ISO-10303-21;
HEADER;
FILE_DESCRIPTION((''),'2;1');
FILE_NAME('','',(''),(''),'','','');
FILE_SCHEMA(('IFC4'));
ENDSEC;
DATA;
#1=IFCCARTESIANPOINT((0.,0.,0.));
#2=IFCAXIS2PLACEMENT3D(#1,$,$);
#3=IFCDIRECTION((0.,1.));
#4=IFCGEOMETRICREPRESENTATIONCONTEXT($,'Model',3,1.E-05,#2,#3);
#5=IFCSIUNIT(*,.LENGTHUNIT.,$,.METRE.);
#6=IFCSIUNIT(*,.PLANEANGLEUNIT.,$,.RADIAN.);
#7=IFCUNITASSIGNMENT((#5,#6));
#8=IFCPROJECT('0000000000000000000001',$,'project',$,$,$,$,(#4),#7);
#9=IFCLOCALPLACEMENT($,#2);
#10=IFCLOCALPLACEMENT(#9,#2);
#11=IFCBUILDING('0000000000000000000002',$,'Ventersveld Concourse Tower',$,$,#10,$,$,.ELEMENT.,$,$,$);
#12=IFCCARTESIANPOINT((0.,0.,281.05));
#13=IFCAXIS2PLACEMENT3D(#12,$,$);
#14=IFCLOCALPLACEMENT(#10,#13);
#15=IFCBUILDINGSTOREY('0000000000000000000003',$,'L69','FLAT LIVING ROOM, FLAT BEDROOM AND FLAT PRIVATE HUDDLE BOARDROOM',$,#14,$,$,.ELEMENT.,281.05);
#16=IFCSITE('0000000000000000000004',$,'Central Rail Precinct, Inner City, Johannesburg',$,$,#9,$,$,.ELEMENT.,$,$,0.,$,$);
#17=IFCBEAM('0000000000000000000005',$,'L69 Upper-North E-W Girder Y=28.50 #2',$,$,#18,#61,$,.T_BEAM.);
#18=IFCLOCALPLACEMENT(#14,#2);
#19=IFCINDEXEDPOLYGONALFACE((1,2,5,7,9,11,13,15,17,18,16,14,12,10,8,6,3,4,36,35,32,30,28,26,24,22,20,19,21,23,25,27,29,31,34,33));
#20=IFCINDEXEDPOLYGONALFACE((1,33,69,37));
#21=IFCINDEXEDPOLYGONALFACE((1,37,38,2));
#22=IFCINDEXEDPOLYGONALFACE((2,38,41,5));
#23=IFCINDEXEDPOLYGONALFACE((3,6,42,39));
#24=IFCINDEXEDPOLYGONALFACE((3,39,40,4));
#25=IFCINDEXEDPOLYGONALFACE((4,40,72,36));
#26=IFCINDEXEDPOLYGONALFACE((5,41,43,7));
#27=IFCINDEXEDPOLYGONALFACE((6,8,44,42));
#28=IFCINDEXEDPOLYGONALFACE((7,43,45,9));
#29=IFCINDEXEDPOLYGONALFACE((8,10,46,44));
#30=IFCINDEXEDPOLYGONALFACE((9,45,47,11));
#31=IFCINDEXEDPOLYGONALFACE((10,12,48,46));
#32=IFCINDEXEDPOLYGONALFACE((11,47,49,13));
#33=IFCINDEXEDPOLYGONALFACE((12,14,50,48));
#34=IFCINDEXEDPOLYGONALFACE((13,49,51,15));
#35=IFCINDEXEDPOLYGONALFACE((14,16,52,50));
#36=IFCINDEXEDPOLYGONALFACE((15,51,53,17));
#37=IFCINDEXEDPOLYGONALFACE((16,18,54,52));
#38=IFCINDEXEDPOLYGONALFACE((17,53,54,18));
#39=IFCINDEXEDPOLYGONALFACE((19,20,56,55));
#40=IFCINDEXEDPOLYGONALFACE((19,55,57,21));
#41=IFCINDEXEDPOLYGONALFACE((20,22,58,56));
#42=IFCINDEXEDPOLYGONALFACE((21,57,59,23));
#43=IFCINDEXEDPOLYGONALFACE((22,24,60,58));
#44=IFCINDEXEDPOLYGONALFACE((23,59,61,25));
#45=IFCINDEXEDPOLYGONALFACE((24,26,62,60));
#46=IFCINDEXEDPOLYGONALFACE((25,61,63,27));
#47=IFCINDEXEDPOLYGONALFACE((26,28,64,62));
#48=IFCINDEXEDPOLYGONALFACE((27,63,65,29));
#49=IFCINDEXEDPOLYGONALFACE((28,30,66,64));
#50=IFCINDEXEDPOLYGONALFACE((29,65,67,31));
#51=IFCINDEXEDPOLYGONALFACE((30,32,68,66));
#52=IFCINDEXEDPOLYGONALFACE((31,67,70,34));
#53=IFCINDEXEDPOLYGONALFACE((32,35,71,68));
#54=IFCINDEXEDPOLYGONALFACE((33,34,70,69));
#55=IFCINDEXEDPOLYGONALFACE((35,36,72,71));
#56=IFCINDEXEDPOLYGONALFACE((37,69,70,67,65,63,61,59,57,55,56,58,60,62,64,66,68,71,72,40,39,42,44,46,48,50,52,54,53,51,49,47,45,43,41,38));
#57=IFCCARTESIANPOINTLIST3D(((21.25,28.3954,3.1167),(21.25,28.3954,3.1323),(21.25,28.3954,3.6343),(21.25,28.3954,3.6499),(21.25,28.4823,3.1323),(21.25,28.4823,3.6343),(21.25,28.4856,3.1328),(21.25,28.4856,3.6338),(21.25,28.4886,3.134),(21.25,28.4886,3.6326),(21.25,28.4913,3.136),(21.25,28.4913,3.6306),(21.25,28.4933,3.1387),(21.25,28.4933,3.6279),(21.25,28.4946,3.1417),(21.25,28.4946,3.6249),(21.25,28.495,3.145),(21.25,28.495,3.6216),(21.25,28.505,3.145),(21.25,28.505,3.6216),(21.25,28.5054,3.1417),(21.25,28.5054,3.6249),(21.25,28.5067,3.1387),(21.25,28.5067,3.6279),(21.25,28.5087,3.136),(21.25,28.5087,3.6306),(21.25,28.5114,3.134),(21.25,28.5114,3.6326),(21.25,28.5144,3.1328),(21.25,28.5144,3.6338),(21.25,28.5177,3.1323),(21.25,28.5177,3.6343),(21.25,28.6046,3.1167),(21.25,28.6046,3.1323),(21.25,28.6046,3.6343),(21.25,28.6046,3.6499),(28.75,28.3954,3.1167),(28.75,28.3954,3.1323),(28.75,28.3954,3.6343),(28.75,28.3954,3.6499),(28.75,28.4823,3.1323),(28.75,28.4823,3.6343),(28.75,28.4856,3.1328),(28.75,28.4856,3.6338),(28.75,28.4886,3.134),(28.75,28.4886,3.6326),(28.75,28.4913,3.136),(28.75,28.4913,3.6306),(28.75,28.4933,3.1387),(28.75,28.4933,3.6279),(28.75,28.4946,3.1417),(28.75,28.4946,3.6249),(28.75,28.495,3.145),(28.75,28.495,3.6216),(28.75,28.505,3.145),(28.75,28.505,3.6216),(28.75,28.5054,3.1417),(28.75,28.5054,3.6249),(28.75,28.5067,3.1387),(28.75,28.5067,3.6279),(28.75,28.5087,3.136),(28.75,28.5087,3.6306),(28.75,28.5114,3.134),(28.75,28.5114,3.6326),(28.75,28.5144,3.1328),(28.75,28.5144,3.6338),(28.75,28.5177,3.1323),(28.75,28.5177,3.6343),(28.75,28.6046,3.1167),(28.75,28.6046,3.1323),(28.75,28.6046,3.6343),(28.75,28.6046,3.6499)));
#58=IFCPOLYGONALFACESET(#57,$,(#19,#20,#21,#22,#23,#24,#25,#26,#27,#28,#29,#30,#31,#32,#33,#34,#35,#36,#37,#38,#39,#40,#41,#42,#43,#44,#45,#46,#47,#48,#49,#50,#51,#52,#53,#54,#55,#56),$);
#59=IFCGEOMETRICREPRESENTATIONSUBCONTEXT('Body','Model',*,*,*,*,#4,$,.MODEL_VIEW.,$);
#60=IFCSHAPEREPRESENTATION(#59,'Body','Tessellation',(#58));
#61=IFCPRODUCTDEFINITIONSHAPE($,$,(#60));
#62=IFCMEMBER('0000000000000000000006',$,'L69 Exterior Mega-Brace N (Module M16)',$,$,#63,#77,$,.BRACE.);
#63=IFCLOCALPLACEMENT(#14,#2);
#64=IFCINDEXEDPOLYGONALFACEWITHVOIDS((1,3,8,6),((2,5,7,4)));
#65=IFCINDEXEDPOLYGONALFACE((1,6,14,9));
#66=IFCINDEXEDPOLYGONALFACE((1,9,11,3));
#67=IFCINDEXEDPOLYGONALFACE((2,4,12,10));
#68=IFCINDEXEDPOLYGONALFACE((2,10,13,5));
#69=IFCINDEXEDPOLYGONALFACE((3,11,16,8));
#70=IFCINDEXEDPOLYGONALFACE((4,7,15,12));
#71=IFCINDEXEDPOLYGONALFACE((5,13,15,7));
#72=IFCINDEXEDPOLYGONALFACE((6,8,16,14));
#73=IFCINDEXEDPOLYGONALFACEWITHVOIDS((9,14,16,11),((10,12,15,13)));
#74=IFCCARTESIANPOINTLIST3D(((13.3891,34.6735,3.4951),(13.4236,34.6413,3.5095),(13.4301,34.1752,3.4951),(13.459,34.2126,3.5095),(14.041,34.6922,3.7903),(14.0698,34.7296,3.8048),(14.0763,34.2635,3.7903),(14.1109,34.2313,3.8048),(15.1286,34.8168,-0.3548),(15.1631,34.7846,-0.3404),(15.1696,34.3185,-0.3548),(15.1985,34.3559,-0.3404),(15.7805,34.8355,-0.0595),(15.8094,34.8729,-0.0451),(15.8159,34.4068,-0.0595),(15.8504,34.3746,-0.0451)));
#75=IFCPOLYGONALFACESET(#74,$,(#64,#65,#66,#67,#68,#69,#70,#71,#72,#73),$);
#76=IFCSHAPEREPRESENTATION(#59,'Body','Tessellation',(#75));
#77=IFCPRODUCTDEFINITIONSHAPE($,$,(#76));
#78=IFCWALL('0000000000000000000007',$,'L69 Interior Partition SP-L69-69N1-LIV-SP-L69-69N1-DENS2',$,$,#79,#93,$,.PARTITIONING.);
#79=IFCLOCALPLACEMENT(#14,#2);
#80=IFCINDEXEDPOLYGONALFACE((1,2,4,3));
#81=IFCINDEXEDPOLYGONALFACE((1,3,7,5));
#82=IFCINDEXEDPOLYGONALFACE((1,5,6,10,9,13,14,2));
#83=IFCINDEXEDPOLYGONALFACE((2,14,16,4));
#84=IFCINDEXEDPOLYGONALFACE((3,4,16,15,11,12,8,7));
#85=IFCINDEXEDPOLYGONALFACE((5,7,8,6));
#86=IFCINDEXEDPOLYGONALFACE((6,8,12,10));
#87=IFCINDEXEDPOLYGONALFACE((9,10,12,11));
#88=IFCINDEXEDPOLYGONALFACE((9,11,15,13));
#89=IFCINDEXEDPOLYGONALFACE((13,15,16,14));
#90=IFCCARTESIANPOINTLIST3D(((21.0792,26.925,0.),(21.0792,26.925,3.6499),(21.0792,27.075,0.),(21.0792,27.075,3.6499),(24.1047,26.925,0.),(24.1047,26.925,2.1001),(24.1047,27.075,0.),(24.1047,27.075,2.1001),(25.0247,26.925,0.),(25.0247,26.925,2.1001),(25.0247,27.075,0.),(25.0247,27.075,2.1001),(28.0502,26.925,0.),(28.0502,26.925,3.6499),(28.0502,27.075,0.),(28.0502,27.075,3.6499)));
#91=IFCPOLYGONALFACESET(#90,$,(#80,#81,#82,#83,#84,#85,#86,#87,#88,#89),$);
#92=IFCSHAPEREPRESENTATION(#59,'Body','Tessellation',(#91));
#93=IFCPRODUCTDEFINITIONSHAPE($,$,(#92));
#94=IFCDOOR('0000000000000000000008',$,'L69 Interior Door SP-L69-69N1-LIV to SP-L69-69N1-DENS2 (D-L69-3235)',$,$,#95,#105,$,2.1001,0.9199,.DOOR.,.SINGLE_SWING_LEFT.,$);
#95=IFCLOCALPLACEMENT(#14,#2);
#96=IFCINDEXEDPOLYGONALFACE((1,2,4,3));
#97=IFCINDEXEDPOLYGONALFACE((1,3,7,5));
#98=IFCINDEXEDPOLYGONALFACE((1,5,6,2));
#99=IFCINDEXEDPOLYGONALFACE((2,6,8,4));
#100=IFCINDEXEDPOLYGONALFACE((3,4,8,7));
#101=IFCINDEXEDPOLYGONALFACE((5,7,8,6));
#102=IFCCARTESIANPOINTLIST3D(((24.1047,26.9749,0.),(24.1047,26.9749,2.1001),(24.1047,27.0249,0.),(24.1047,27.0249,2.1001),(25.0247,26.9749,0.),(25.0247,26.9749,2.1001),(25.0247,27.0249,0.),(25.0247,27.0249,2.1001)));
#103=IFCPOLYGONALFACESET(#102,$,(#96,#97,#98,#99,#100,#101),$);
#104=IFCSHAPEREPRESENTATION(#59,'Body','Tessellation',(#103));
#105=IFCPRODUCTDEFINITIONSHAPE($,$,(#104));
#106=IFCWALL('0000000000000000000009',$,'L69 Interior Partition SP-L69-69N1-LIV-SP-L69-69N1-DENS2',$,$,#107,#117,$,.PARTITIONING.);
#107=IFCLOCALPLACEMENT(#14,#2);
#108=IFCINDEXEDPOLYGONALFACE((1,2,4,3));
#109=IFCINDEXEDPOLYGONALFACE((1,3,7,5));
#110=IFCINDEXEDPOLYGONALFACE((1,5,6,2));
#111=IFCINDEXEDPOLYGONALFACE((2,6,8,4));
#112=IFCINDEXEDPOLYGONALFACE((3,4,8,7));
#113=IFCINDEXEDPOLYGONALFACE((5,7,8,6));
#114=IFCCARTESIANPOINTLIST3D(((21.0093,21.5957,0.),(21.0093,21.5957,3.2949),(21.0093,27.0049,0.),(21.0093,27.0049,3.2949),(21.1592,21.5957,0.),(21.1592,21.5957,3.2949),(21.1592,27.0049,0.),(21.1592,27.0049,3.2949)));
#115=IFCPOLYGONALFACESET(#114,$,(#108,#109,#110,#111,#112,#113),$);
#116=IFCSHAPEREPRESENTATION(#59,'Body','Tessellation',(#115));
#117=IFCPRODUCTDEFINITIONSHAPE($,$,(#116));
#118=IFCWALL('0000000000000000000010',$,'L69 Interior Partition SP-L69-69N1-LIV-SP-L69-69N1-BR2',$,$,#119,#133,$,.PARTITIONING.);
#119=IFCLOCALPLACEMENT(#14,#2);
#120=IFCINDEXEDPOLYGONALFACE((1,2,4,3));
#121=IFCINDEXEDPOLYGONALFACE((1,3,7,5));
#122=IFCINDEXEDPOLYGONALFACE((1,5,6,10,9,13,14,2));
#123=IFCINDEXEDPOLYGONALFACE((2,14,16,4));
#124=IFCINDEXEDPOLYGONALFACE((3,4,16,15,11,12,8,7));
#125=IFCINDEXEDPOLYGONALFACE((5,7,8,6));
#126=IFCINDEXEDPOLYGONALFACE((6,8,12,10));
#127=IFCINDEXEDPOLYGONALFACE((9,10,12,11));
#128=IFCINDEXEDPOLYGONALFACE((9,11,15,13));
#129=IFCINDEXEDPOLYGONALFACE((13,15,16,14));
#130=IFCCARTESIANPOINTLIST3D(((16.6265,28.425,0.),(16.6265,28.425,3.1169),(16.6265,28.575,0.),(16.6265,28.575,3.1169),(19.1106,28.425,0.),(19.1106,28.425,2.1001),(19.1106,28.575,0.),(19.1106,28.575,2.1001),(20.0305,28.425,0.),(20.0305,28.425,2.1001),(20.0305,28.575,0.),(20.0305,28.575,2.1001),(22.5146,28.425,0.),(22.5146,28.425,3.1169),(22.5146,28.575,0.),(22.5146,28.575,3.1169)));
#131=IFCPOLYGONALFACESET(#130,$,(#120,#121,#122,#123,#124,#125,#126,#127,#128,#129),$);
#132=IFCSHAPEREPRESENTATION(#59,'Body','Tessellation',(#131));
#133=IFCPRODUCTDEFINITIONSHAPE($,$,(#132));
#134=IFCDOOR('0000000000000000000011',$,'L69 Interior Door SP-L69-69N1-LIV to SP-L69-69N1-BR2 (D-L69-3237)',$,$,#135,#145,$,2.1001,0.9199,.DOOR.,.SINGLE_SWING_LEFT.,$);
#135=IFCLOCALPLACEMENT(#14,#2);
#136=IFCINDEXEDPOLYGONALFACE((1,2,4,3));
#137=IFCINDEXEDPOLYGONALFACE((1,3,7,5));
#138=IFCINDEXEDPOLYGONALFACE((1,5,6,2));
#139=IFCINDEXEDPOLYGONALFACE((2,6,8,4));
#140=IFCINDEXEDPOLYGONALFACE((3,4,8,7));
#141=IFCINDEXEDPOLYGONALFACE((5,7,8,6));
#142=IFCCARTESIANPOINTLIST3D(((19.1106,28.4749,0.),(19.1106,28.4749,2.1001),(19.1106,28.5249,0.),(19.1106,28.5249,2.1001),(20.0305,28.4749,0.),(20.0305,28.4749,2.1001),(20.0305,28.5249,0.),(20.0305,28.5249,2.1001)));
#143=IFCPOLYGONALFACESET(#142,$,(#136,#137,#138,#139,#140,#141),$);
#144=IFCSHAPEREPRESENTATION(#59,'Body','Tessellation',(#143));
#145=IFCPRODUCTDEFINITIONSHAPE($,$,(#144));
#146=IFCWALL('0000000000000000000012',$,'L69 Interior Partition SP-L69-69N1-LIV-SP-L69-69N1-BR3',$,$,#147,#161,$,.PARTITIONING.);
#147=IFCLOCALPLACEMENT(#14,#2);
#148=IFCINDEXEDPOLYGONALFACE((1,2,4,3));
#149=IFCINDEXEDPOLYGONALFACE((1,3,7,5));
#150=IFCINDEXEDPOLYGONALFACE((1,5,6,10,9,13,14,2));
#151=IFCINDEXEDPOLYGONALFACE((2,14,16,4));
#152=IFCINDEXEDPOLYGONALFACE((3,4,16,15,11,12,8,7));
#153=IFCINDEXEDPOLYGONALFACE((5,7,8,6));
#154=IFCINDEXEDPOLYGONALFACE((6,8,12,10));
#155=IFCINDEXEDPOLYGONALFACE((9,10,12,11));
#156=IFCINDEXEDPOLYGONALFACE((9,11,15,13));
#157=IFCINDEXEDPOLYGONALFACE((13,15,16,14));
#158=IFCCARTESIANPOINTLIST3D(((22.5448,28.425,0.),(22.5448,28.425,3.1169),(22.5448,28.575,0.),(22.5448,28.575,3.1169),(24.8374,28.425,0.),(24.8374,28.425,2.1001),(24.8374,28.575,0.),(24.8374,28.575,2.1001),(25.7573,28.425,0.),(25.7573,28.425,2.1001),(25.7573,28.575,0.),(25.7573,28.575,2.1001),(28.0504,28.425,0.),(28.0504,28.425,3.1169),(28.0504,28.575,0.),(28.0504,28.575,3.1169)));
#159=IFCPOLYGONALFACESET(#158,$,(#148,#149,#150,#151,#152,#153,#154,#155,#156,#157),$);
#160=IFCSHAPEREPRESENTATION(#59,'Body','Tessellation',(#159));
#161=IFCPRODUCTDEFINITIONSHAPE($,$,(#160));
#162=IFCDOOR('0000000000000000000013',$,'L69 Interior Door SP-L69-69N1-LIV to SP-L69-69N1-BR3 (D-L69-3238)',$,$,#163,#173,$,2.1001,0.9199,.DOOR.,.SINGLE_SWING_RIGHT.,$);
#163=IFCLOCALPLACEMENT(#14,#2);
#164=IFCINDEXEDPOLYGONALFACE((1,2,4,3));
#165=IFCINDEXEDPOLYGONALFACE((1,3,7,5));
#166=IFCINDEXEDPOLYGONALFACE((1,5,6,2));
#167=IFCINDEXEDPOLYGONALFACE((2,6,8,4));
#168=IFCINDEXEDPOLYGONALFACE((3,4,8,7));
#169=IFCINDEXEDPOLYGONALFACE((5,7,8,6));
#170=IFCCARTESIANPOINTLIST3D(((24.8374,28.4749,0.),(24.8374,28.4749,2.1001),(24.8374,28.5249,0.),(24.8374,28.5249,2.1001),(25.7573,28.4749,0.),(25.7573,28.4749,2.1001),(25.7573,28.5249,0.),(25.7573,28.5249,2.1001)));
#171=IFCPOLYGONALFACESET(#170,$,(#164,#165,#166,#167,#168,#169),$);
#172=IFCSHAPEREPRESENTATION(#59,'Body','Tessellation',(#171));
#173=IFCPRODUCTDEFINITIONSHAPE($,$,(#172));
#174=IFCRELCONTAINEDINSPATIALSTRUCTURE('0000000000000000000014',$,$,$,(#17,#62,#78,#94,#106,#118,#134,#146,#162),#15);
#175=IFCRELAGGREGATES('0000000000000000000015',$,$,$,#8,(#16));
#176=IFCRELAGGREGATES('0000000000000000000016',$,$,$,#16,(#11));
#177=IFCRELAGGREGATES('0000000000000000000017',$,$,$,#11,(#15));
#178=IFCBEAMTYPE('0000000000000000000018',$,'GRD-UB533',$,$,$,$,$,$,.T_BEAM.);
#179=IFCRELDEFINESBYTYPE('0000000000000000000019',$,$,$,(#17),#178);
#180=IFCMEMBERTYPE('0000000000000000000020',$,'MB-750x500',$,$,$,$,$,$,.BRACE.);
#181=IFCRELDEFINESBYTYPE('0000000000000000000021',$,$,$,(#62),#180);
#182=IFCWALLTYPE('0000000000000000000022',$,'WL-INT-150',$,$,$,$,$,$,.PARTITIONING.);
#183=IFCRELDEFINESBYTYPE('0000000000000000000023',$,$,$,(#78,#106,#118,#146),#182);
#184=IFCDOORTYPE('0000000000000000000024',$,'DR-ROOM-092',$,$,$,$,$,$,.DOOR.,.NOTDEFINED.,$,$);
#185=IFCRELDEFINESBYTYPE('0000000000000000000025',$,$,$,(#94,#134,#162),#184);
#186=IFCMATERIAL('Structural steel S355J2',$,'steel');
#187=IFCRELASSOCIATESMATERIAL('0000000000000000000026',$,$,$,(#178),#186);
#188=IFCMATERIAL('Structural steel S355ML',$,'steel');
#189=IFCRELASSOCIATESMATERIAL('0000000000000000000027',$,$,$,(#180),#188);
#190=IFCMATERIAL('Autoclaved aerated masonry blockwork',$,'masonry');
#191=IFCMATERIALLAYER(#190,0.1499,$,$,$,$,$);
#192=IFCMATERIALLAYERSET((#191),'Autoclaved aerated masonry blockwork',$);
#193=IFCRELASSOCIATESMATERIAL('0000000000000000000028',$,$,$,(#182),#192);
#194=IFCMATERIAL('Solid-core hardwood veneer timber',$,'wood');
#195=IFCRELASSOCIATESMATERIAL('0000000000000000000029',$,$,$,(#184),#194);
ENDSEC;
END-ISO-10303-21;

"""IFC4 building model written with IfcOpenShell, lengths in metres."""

from ifc_helpers import new_model, si_unit, direction, frame, frame_2d, origin, origin_2d, place, context, subcontext, project, spatial, rectangle, hollow_rectangle, i_section, extrude, material, layer, layer_set, material_profile, profile_set, type_object, element, fill, save


model = new_model("IFC4")

# Units and contexts
model_context = context("Model", 3, precision=1e-05, world=origin(), true_north=direction((0.0, 1.0)))
body_context = subcontext(model_context, "Body", "Model", "MODEL_VIEW")
ifc_project = project(units=[si_unit("LENGTHUNIT", "METRE"), si_unit("PLANEANGLEUNIT", "RADIAN")], contexts=[model_context])

# Site, building, storey
site_placement = place(None, origin())
site = spatial("IfcSite", under=ifc_project, at=site_placement, Name="Central Rail Precinct, Inner City, Johannesburg", CompositionType="ELEMENT", RefElevation=0.0)
building_placement = place(site_placement, origin())
building = spatial("IfcBuilding", under=site, at=building_placement, Name="Ventersveld Concourse Tower", CompositionType="ELEMENT")
storey_placement = place(building_placement, frame((0.0, 0.0, 281.05)))
storey = spatial("IfcBuildingStorey", under=building, at=storey_placement, Name="L69", Description="FLAT LIVING ROOM, FLAT BEDROOM AND FLAT PRIVATE HUDDLE BOARDROOM", CompositionType="ELEMENT", Elevation=281.05)

# Beam
ifc_material_1 = material(Name="Structural steel S355J2", Category="steel")
ifc_material_profile_1 = material_profile(ifc_material_1, i_section(OverallWidth=0.2092, OverallDepth=0.5332, WebThickness=0.01, FlangeThickness=0.0156, FilletRadius=0.0127, at=origin_2d()), Name="UB 533x210x92")
ifc_profile_set_1 = profile_set([ifc_material_profile_1], Name="Structural steel S355J2")
beam_type_1 = type_object("IfcBeamType", Name="GRD-UB533", PredefinedType="T_BEAM", material=ifc_profile_set_1)
for number, where, z_axis, x_axis, name in (
    (1, (21.25, 28.5, 3.3833), (1.0, 0.0, 0.0), (0.0, 1.0, 0.0), "L69 Upper-North E-W Girder Y=28.50 #2"),
):
    element("IfcBeam", number, at=place(storey_placement, frame(where, z_axis=z_axis, x_axis=x_axis)), inside=storey, type_object=beam_type_1, Name=name, PredefinedType="T_BEAM", context=body_context, shape_type="SweptSolid", body=[
        extrude(i_section(OverallWidth=0.2092, OverallDepth=0.5332, WebThickness=0.01, FlangeThickness=0.0156, FilletRadius=0.0127, at=origin_2d()), origin(), (0.0, 0.0, 1.0), 7.5),
    ])

# Member
ifc_material_2 = material(Name="Structural steel S355ML", Category="steel")
ifc_material_profile_2 = material_profile(ifc_material_2, hollow_rectangle(XDim=0.5, YDim=0.75, WallThickness=0.0349, at=origin_2d()), Name="BOX 750x500x35")
ifc_profile_set_2 = profile_set([ifc_material_profile_2], Name="Structural steel S355ML")
member_type = type_object("IfcMemberType", Name="MB-750x500", PredefinedType="BRACE", material=ifc_profile_set_2)
member_placement = place(storey_placement, frame((15.4895, 34.5957, -0.2), z_axis=(-0.411519, -0.033903, 0.91077), x_axis=(0.082108, -0.996623, 0.0)))
element("IfcMember", 2, at=member_placement, inside=storey, type_object=member_type, Name="L69 Exterior Mega-Brace N (Module M16)", PredefinedType="BRACE", context=body_context, shape_type="SweptSolid", body=[
    extrude(hollow_rectangle(XDim=0.5, YDim=0.75, WallThickness=0.0349, at=origin_2d()), origin(), (0.0, 0.0, 1.0), 4.2271),
])

# Wall, opening, door
ifc_material_3 = material(Name="Autoclaved aerated masonry blockwork", Category="masonry")
ifc_layer = layer(ifc_material_3, 0.1499)
ifc_layer_set = layer_set([ifc_layer], Name="Autoclaved aerated masonry blockwork")
wall_type = type_object("IfcWallType", Name="WL-INT-150", PredefinedType="PARTITIONING", material=ifc_layer_set)
wall_1_placement = place(storey_placement, frame((21.0793, 27.0, 0.0), z_axis=(0.0, 0.0, 1.0), x_axis=(1.0, 0.0, 0.0)))
wall_1 = element("IfcWall", 3, at=wall_1_placement, inside=storey, type_object=wall_type, Name="L69 Interior Partition SP-L69-69N1-LIV-SP-L69-69N1-DENS2", PredefinedType="PARTITIONING", context=body_context, shape_type="SweptSolid", body=[
    extrude(rectangle(XDim=6.9709, YDim=0.1499, at=frame_2d((3.4854, 0.0))), origin(), (0.0, 0.0, 1.0), 3.6499),
])
opening_1_placement = place(wall_1_placement, frame((3.0254, 0.0, 0.0)))
opening_1 = element("IfcOpeningElement", 4, at=opening_1_placement, cuts=wall_1, PredefinedType="OPENING", context=body_context, shape_type="SweptSolid", body=[
    extrude(rectangle(XDim=0.9199, YDim=2.1001, at=frame_2d((0.46, 1.05))), frame((0.0, 0.085, 0.0), z_axis=(0.0, -1.0, 0.0), x_axis=(1.0, 0.0, 0.0)), (0.0, 0.0, 1.0), 0.1699),
])
ifc_material_4 = material(Name="Solid-core hardwood veneer timber", Category="wood")
door_type = type_object("IfcDoorType", Name="DR-ROOM-092", OperationType="NOTDEFINED", PredefinedType="DOOR", material=ifc_material_4)
door_1_placement = place(opening_1_placement, origin())
door_1 = element("IfcDoor", 5, at=door_1_placement, inside=storey, type_object=door_type, Name="L69 Interior Door SP-L69-69N1-LIV to SP-L69-69N1-DENS2 (D-L69-3235)", OperationType="SINGLE_SWING_LEFT", OverallHeight=2.1001, OverallWidth=0.9199, PredefinedType="DOOR", context=body_context, shape_type="SweptSolid", body=[
    extrude(rectangle(XDim=0.9199, YDim=2.1001, at=frame_2d((0.46, 1.05))), frame((0.0, 0.0249, 0.0), z_axis=(0.0, -1.0, 0.0), x_axis=(1.0, 0.0, 0.0)), (0.0, 0.0, 1.0), 0.05),
])
fill(opening_1, door_1)

# Wall
wall_2_placement = place(storey_placement, frame((21.0842, 21.5957, 0.0), z_axis=(0.0, 0.0, 1.0), x_axis=(0.0, 1.0, 0.0)))
element("IfcWall", 6, at=wall_2_placement, inside=storey, type_object=wall_type, Name="L69 Interior Partition SP-L69-69N1-LIV-SP-L69-69N1-DENS2", PredefinedType="PARTITIONING", context=body_context, shape_type="SweptSolid", body=[
    extrude(rectangle(XDim=5.4092, YDim=0.1499, at=frame_2d((2.7046, 0.0))), origin(), (0.0, 0.0, 1.0), 3.2949),
])

# Walls, openings, doors
wall_3_placement = place(storey_placement, frame((16.6265, 28.5, 0.0), z_axis=(0.0, 0.0, 1.0), x_axis=(1.0, 0.0, 0.0)))
wall_3 = element("IfcWall", 7, at=wall_3_placement, inside=storey, type_object=wall_type, Name="L69 Interior Partition SP-L69-69N1-LIV-SP-L69-69N1-BR2", PredefinedType="PARTITIONING", context=body_context, shape_type="SweptSolid", body=[
    extrude(rectangle(XDim=5.8882, YDim=0.1499, at=frame_2d((2.9441, 0.0))), origin(), (0.0, 0.0, 1.0), 3.1169),
])
opening_2_placement = place(wall_3_placement, frame((2.4841, 0.0, 0.0)))
opening_2 = element("IfcOpeningElement", 8, at=opening_2_placement, cuts=wall_3, PredefinedType="OPENING", context=body_context, shape_type="SweptSolid", body=[
    extrude(rectangle(XDim=0.9199, YDim=2.1001, at=frame_2d((0.46, 1.05))), frame((0.0, 0.085, 0.0), z_axis=(0.0, -1.0, 0.0), x_axis=(1.0, 0.0, 0.0)), (0.0, 0.0, 1.0), 0.1699),
])
door_2_placement = place(opening_2_placement, origin())
door_2 = element("IfcDoor", 9, at=door_2_placement, inside=storey, type_object=door_type, Name="L69 Interior Door SP-L69-69N1-LIV to SP-L69-69N1-BR2 (D-L69-3237)", OperationType="SINGLE_SWING_LEFT", OverallHeight=2.1001, OverallWidth=0.9199, PredefinedType="DOOR", context=body_context, shape_type="SweptSolid", body=[
    extrude(rectangle(XDim=0.9199, YDim=2.1001, at=frame_2d((0.46, 1.05))), frame((0.0, 0.0249, 0.0), z_axis=(0.0, -1.0, 0.0), x_axis=(1.0, 0.0, 0.0)), (0.0, 0.0, 1.0), 0.05),
])
fill(opening_2, door_2)
wall_4_placement = place(storey_placement, frame((22.5447, 28.5, 0.0), z_axis=(0.0, 0.0, 1.0), x_axis=(1.0, 0.0, 0.0)))
wall_4 = element("IfcWall", 10, at=wall_4_placement, inside=storey, type_object=wall_type, Name="L69 Interior Partition SP-L69-69N1-LIV-SP-L69-69N1-BR3", PredefinedType="PARTITIONING", context=body_context, shape_type="SweptSolid", body=[
    extrude(rectangle(XDim=5.5056, YDim=0.1499, at=frame_2d((2.7529, 0.0))), origin(), (0.0, 0.0, 1.0), 3.1169),
])
opening_3_placement = place(wall_4_placement, frame((2.2927, 0.0, 0.0)))
opening_3 = element("IfcOpeningElement", 11, at=opening_3_placement, cuts=wall_4, PredefinedType="OPENING", context=body_context, shape_type="SweptSolid", body=[
    extrude(rectangle(XDim=0.9199, YDim=2.1001, at=frame_2d((0.46, 1.05))), frame((0.0, 0.085, 0.0), z_axis=(0.0, -1.0, 0.0), x_axis=(1.0, 0.0, 0.0)), (0.0, 0.0, 1.0), 0.1699),
])
door_3_placement = place(opening_3_placement, origin())
door_3 = element("IfcDoor", 12, at=door_3_placement, inside=storey, type_object=door_type, Name="L69 Interior Door SP-L69-69N1-LIV to SP-L69-69N1-BR3 (D-L69-3238)", OperationType="SINGLE_SWING_RIGHT", OverallHeight=2.1001, OverallWidth=0.9199, PredefinedType="DOOR", context=body_context, shape_type="SweptSolid", body=[
    extrude(rectangle(XDim=0.9199, YDim=2.1001, at=frame_2d((0.46, 1.05))), frame((0.0, 0.0249, 0.0), z_axis=(0.0, -1.0, 0.0), x_axis=(1.0, 0.0, 0.0)), (0.0, 0.0, 1.0), 0.05),
])
fill(opening_3, door_3)

save(model, "model.ifc")
